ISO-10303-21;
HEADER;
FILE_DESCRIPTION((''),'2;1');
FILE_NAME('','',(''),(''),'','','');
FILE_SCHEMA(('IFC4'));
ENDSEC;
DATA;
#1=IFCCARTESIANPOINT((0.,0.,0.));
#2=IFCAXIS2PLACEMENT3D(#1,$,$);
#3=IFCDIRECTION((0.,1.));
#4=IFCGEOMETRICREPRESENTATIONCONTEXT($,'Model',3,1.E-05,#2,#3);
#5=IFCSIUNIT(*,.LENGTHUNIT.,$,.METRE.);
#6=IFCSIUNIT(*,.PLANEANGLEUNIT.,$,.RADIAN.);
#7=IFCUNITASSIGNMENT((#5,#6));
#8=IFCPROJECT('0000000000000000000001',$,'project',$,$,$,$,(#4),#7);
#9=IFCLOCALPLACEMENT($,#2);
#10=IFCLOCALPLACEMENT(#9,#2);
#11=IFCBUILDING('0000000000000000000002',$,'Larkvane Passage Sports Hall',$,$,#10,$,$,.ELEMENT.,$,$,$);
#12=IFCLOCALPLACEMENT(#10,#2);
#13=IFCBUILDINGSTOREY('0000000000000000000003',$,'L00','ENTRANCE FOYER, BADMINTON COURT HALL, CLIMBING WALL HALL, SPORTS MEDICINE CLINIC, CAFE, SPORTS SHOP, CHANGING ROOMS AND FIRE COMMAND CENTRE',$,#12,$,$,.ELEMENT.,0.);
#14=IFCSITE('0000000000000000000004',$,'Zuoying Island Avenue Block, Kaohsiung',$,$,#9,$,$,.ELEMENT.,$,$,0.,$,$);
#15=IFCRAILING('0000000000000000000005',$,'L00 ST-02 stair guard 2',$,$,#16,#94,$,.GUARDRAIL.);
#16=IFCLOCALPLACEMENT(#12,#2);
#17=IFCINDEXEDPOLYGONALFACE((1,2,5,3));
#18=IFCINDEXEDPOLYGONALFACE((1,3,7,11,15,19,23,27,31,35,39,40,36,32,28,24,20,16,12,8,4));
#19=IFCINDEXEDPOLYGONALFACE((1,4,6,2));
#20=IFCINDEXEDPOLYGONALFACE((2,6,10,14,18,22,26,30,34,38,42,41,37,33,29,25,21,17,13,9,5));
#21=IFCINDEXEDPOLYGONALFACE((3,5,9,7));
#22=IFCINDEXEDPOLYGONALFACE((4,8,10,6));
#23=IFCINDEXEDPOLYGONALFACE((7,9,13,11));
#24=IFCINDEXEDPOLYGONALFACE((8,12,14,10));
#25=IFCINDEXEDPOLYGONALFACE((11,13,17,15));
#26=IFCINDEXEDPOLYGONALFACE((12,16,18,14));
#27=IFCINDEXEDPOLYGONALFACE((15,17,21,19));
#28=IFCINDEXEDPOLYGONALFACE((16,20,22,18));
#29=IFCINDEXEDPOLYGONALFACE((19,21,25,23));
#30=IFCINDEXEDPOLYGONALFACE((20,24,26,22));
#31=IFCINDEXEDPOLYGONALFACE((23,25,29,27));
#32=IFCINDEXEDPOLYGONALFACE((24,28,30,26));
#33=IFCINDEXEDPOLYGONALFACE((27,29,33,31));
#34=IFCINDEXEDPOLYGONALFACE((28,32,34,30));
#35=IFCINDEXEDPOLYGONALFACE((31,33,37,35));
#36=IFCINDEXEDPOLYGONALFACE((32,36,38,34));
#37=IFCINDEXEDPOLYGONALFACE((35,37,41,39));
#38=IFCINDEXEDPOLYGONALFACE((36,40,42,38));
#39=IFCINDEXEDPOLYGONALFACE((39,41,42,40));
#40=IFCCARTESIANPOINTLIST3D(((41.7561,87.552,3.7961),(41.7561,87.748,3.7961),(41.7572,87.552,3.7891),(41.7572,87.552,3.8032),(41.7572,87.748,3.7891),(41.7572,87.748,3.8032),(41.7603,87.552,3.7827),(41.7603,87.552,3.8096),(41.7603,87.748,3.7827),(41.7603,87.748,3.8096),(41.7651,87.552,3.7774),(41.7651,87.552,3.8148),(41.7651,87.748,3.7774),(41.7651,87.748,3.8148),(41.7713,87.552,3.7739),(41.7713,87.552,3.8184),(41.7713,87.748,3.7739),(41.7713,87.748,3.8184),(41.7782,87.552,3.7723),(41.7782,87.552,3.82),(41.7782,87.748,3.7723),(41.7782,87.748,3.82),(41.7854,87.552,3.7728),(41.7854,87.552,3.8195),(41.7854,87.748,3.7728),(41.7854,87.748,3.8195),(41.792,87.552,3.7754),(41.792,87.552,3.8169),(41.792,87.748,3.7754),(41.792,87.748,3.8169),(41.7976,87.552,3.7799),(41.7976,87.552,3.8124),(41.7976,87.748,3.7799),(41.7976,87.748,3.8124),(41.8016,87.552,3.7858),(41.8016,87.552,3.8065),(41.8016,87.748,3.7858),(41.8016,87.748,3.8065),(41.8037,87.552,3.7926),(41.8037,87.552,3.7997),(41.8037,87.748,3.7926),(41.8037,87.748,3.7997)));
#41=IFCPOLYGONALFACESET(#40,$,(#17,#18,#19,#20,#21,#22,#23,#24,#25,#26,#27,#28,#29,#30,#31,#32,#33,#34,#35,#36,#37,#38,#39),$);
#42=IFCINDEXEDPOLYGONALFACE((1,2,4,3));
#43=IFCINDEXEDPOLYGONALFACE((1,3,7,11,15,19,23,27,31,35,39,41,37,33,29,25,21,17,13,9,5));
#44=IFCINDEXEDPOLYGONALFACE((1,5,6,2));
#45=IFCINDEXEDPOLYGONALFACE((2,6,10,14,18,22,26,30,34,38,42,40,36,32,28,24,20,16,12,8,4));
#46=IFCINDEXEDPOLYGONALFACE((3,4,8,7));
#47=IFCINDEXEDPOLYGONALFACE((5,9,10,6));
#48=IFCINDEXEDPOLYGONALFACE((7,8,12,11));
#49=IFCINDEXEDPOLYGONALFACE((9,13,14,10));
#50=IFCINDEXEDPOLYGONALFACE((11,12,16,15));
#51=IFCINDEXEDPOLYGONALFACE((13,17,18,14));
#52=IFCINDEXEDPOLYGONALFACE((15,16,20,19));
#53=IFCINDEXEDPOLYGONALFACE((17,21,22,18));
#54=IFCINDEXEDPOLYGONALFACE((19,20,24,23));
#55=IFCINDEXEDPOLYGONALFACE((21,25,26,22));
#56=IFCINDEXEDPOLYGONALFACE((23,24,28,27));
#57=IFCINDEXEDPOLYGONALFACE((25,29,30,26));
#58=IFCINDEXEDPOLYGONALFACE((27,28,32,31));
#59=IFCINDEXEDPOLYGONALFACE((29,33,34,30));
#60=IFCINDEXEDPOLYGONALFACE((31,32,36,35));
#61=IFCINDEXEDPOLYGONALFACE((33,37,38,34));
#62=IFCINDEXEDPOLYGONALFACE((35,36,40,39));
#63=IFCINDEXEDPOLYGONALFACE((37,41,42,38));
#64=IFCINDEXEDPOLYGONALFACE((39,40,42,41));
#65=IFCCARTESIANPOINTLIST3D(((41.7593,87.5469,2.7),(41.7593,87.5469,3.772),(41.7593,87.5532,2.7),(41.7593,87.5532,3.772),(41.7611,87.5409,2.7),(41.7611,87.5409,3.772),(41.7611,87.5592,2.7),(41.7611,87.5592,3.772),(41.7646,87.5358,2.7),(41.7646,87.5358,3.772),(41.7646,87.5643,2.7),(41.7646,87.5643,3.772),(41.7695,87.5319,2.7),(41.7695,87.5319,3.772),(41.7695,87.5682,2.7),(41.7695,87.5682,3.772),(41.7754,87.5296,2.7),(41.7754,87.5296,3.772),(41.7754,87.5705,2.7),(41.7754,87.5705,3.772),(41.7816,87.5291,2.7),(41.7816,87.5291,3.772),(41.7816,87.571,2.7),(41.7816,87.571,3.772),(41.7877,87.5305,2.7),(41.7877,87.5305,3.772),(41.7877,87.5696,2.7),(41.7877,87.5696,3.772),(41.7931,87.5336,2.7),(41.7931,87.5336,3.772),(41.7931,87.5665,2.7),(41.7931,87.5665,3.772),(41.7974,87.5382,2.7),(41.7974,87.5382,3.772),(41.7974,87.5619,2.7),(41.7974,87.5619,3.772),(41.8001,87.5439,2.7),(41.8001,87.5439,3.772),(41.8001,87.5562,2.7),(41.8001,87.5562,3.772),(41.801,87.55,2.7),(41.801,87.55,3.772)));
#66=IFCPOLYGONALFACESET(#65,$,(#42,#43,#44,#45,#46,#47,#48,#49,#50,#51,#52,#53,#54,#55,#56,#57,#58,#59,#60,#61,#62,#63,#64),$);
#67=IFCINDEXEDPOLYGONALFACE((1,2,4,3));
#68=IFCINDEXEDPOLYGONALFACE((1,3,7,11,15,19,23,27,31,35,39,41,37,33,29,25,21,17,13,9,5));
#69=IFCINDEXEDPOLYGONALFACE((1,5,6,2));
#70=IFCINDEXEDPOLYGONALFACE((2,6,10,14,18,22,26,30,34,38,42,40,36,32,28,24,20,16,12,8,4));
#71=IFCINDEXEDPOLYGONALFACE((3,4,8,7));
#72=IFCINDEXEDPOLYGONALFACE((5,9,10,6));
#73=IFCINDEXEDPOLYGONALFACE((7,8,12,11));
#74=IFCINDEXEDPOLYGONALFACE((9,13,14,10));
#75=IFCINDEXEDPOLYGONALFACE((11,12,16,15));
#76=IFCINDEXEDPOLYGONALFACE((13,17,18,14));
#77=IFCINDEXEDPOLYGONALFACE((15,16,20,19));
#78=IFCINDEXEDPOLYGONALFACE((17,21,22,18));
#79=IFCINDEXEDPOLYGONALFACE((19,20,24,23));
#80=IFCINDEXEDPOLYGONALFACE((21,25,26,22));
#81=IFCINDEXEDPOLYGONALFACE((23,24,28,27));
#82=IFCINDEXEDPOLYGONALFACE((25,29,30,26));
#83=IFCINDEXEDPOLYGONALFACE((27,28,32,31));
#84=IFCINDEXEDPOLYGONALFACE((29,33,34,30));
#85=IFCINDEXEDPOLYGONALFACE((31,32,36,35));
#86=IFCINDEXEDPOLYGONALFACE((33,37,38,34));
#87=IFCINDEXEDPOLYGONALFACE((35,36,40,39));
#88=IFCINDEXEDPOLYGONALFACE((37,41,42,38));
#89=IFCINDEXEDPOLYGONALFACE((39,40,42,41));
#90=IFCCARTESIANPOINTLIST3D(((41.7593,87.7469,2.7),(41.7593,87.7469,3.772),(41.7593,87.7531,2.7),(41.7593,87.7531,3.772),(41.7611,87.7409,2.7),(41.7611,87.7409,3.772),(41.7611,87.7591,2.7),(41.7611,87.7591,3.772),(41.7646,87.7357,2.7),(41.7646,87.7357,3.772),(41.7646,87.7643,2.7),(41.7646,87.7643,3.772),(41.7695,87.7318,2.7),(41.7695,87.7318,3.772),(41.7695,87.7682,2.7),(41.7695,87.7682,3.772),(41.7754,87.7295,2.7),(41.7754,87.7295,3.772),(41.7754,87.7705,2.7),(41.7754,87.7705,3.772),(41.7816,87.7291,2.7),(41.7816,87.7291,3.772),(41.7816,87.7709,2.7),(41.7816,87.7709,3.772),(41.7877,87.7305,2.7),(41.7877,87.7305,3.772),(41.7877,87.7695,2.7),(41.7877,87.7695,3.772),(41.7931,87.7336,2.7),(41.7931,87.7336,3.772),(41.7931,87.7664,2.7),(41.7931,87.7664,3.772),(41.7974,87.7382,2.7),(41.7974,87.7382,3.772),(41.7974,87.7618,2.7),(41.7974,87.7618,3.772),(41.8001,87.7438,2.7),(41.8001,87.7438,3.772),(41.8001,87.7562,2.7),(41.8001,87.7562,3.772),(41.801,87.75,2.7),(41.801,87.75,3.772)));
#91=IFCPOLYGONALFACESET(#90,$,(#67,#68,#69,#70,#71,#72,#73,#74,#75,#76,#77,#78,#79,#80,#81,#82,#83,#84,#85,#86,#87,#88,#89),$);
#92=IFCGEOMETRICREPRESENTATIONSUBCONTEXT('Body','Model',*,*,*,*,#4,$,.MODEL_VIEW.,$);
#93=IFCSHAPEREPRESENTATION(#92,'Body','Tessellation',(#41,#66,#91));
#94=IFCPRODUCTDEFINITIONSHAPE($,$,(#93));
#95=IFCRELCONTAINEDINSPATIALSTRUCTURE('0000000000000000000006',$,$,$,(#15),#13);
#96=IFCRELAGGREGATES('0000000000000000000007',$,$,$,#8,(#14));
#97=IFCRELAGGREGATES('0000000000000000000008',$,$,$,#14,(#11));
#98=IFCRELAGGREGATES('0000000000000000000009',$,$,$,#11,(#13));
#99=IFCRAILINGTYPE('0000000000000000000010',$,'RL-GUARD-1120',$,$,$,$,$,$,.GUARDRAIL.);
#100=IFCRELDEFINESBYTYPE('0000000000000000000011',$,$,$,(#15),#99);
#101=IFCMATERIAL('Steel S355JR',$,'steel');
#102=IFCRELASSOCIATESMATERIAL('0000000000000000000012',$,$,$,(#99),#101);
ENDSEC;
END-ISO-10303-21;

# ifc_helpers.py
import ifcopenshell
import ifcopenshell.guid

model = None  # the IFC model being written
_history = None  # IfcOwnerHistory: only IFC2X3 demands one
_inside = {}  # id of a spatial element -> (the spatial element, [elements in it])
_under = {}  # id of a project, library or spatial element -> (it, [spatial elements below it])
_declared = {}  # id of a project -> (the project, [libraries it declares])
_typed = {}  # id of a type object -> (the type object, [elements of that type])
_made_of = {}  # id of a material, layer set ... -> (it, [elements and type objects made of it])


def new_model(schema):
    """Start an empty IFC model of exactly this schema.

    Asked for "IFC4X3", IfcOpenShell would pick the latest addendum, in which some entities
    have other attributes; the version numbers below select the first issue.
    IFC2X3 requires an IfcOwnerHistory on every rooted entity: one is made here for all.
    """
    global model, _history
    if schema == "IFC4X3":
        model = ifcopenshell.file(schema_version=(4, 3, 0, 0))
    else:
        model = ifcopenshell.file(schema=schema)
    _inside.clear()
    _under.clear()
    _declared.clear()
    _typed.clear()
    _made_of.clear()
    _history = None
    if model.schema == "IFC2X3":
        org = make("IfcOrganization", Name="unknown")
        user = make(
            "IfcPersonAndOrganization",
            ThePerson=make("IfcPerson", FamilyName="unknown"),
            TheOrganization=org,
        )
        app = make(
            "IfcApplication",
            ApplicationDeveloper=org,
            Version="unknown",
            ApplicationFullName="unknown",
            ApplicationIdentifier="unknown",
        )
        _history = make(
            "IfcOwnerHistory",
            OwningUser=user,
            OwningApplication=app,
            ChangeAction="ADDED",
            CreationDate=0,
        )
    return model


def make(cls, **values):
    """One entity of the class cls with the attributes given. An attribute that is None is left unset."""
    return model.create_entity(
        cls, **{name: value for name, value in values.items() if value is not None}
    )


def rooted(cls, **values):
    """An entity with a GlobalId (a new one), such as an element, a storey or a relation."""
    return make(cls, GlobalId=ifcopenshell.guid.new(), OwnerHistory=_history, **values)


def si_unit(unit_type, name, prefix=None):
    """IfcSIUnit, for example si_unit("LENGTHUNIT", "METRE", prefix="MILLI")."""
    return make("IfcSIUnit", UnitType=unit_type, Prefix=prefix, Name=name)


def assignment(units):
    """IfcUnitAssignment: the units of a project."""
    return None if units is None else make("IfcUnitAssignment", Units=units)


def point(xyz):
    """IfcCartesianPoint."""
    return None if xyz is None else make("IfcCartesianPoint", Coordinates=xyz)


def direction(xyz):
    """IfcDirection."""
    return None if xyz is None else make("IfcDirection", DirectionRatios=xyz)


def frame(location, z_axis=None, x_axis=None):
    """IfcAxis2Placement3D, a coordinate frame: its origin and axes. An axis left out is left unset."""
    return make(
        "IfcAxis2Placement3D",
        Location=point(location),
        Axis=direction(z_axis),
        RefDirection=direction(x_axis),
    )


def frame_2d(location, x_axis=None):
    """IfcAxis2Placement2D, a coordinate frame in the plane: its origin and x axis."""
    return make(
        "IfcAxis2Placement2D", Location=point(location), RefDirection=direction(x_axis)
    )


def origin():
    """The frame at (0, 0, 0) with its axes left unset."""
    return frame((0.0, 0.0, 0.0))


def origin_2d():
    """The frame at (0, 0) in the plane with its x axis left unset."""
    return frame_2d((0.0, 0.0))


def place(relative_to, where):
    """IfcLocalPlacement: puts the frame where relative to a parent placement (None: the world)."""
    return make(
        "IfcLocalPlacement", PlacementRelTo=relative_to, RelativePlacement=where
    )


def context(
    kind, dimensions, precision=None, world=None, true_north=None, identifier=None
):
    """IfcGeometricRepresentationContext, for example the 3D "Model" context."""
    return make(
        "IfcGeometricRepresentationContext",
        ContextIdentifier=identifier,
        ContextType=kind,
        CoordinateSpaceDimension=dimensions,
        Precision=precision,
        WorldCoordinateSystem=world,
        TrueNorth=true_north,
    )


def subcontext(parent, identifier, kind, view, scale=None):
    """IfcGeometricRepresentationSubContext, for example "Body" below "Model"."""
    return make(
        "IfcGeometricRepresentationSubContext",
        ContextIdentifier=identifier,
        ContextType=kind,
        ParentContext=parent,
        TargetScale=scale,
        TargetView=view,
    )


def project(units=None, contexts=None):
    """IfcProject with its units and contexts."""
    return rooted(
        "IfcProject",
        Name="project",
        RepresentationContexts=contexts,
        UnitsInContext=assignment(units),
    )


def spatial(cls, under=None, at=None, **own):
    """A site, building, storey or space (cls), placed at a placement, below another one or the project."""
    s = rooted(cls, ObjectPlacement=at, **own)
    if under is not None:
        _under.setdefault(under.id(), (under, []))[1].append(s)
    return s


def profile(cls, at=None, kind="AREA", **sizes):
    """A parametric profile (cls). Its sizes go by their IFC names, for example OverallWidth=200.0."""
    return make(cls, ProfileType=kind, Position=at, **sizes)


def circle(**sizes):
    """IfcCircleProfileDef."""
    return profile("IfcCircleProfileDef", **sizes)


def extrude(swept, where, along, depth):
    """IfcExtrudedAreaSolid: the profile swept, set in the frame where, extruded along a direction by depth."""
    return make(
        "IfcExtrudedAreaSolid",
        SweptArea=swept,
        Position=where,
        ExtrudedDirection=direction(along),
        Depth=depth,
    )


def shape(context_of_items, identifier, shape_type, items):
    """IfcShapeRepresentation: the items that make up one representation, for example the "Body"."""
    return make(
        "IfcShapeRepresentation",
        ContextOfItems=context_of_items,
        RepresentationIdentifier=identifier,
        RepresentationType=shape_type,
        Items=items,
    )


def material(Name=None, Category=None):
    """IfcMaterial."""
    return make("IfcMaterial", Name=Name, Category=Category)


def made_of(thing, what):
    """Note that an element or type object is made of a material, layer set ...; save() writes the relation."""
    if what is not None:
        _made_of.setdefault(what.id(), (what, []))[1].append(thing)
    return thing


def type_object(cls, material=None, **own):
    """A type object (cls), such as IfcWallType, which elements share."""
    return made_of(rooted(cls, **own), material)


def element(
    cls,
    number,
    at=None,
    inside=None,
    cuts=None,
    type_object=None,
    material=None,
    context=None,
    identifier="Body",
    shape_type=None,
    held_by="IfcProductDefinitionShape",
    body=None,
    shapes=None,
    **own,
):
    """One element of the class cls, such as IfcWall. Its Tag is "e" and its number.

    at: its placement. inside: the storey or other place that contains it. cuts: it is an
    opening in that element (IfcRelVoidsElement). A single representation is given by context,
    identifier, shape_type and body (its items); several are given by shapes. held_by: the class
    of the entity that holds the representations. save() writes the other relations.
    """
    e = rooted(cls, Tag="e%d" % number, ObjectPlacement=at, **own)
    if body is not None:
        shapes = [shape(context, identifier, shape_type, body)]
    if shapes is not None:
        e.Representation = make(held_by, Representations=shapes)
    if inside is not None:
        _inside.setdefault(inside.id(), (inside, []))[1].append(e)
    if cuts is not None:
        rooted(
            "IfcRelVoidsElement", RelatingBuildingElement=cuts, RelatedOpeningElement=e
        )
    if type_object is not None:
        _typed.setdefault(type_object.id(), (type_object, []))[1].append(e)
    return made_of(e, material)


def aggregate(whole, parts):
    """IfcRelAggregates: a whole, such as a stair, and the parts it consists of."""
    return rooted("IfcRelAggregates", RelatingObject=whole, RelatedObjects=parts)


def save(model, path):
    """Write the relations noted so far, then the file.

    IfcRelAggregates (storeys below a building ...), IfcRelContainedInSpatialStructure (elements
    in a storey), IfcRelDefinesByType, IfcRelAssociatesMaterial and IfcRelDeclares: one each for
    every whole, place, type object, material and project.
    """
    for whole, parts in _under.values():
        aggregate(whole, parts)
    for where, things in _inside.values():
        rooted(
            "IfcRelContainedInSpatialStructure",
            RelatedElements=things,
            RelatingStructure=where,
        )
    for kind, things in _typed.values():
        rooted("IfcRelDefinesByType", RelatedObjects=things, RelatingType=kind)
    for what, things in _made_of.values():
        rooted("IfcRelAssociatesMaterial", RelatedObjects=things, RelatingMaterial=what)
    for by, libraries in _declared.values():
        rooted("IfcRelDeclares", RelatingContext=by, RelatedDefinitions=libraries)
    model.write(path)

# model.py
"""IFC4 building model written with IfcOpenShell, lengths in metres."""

from ifc_helpers import new_model, si_unit, direction, frame, origin, origin_2d, place, context, subcontext, project, spatial, circle, extrude, material, type_object, element, save


model = new_model("IFC4")

# Units and contexts
model_context = context("Model", 3, precision=1e-05, world=origin(), true_north=direction((0.0, 1.0)))
body_context = subcontext(model_context, "Body", "Model", "MODEL_VIEW")
ifc_project = project(units=[si_unit("LENGTHUNIT", "METRE"), si_unit("PLANEANGLEUNIT", "RADIAN")], contexts=[model_context])

# Site, building, storey
site_placement = place(None, origin())
site = spatial("IfcSite", under=ifc_project, at=site_placement, Name="Zuoying Island Avenue Block, Kaohsiung", CompositionType="ELEMENT", RefElevation=0.0)
building_placement = place(site_placement, origin())
building = spatial("IfcBuilding", under=site, at=building_placement, Name="Larkvane Passage Sports Hall", CompositionType="ELEMENT")
storey_placement = place(building_placement, origin())
storey = spatial("IfcBuildingStorey", under=building, at=storey_placement, Name="L00", Description="ENTRANCE FOYER, BADMINTON COURT HALL, CLIMBING WALL HALL, SPORTS MEDICINE CLINIC, CAFE, SPORTS SHOP, CHANGING ROOMS AND FIRE COMMAND CENTRE", CompositionType="ELEMENT", Elevation=0.0)

# Shared definitions
ifc_material_1 = material(Name="Steel S355JR", Category="steel")

# Railing
railing_type_1 = type_object("IfcRailingType", Name="RL-GUARD-1120", PredefinedType="GUARDRAIL", material=ifc_material_1)
railing_1_placement = place(storey_placement, frame((41.78, 87.55, 2.7)))
element("IfcRailing", 1, at=railing_1_placement, inside=storey, type_object=railing_type_1, Name="L00 ST-02 stair guard 2", PredefinedType="GUARDRAIL", context=body_context, shape_type="SweptSolid", body=[
    extrude(circle(Radius=0.0239, at=origin_2d()), frame((0.0, 0.002, 1.0962), z_axis=(0.0, 1.0, 0.0), x_axis=(-1.0, 0.0, 0.0)), (0.0, 0.0, 1.0), 0.196),
    extrude(circle(Radius=0.021, at=origin_2d()), origin(), (0.0, 0.0, 1.0), 1.072),
    extrude(circle(Radius=0.021, at=origin_2d()), frame((0.0, 0.2, 0.0)), (0.0, 0.0, 1.0), 1.072),
])

save(model, "model.ifc")
